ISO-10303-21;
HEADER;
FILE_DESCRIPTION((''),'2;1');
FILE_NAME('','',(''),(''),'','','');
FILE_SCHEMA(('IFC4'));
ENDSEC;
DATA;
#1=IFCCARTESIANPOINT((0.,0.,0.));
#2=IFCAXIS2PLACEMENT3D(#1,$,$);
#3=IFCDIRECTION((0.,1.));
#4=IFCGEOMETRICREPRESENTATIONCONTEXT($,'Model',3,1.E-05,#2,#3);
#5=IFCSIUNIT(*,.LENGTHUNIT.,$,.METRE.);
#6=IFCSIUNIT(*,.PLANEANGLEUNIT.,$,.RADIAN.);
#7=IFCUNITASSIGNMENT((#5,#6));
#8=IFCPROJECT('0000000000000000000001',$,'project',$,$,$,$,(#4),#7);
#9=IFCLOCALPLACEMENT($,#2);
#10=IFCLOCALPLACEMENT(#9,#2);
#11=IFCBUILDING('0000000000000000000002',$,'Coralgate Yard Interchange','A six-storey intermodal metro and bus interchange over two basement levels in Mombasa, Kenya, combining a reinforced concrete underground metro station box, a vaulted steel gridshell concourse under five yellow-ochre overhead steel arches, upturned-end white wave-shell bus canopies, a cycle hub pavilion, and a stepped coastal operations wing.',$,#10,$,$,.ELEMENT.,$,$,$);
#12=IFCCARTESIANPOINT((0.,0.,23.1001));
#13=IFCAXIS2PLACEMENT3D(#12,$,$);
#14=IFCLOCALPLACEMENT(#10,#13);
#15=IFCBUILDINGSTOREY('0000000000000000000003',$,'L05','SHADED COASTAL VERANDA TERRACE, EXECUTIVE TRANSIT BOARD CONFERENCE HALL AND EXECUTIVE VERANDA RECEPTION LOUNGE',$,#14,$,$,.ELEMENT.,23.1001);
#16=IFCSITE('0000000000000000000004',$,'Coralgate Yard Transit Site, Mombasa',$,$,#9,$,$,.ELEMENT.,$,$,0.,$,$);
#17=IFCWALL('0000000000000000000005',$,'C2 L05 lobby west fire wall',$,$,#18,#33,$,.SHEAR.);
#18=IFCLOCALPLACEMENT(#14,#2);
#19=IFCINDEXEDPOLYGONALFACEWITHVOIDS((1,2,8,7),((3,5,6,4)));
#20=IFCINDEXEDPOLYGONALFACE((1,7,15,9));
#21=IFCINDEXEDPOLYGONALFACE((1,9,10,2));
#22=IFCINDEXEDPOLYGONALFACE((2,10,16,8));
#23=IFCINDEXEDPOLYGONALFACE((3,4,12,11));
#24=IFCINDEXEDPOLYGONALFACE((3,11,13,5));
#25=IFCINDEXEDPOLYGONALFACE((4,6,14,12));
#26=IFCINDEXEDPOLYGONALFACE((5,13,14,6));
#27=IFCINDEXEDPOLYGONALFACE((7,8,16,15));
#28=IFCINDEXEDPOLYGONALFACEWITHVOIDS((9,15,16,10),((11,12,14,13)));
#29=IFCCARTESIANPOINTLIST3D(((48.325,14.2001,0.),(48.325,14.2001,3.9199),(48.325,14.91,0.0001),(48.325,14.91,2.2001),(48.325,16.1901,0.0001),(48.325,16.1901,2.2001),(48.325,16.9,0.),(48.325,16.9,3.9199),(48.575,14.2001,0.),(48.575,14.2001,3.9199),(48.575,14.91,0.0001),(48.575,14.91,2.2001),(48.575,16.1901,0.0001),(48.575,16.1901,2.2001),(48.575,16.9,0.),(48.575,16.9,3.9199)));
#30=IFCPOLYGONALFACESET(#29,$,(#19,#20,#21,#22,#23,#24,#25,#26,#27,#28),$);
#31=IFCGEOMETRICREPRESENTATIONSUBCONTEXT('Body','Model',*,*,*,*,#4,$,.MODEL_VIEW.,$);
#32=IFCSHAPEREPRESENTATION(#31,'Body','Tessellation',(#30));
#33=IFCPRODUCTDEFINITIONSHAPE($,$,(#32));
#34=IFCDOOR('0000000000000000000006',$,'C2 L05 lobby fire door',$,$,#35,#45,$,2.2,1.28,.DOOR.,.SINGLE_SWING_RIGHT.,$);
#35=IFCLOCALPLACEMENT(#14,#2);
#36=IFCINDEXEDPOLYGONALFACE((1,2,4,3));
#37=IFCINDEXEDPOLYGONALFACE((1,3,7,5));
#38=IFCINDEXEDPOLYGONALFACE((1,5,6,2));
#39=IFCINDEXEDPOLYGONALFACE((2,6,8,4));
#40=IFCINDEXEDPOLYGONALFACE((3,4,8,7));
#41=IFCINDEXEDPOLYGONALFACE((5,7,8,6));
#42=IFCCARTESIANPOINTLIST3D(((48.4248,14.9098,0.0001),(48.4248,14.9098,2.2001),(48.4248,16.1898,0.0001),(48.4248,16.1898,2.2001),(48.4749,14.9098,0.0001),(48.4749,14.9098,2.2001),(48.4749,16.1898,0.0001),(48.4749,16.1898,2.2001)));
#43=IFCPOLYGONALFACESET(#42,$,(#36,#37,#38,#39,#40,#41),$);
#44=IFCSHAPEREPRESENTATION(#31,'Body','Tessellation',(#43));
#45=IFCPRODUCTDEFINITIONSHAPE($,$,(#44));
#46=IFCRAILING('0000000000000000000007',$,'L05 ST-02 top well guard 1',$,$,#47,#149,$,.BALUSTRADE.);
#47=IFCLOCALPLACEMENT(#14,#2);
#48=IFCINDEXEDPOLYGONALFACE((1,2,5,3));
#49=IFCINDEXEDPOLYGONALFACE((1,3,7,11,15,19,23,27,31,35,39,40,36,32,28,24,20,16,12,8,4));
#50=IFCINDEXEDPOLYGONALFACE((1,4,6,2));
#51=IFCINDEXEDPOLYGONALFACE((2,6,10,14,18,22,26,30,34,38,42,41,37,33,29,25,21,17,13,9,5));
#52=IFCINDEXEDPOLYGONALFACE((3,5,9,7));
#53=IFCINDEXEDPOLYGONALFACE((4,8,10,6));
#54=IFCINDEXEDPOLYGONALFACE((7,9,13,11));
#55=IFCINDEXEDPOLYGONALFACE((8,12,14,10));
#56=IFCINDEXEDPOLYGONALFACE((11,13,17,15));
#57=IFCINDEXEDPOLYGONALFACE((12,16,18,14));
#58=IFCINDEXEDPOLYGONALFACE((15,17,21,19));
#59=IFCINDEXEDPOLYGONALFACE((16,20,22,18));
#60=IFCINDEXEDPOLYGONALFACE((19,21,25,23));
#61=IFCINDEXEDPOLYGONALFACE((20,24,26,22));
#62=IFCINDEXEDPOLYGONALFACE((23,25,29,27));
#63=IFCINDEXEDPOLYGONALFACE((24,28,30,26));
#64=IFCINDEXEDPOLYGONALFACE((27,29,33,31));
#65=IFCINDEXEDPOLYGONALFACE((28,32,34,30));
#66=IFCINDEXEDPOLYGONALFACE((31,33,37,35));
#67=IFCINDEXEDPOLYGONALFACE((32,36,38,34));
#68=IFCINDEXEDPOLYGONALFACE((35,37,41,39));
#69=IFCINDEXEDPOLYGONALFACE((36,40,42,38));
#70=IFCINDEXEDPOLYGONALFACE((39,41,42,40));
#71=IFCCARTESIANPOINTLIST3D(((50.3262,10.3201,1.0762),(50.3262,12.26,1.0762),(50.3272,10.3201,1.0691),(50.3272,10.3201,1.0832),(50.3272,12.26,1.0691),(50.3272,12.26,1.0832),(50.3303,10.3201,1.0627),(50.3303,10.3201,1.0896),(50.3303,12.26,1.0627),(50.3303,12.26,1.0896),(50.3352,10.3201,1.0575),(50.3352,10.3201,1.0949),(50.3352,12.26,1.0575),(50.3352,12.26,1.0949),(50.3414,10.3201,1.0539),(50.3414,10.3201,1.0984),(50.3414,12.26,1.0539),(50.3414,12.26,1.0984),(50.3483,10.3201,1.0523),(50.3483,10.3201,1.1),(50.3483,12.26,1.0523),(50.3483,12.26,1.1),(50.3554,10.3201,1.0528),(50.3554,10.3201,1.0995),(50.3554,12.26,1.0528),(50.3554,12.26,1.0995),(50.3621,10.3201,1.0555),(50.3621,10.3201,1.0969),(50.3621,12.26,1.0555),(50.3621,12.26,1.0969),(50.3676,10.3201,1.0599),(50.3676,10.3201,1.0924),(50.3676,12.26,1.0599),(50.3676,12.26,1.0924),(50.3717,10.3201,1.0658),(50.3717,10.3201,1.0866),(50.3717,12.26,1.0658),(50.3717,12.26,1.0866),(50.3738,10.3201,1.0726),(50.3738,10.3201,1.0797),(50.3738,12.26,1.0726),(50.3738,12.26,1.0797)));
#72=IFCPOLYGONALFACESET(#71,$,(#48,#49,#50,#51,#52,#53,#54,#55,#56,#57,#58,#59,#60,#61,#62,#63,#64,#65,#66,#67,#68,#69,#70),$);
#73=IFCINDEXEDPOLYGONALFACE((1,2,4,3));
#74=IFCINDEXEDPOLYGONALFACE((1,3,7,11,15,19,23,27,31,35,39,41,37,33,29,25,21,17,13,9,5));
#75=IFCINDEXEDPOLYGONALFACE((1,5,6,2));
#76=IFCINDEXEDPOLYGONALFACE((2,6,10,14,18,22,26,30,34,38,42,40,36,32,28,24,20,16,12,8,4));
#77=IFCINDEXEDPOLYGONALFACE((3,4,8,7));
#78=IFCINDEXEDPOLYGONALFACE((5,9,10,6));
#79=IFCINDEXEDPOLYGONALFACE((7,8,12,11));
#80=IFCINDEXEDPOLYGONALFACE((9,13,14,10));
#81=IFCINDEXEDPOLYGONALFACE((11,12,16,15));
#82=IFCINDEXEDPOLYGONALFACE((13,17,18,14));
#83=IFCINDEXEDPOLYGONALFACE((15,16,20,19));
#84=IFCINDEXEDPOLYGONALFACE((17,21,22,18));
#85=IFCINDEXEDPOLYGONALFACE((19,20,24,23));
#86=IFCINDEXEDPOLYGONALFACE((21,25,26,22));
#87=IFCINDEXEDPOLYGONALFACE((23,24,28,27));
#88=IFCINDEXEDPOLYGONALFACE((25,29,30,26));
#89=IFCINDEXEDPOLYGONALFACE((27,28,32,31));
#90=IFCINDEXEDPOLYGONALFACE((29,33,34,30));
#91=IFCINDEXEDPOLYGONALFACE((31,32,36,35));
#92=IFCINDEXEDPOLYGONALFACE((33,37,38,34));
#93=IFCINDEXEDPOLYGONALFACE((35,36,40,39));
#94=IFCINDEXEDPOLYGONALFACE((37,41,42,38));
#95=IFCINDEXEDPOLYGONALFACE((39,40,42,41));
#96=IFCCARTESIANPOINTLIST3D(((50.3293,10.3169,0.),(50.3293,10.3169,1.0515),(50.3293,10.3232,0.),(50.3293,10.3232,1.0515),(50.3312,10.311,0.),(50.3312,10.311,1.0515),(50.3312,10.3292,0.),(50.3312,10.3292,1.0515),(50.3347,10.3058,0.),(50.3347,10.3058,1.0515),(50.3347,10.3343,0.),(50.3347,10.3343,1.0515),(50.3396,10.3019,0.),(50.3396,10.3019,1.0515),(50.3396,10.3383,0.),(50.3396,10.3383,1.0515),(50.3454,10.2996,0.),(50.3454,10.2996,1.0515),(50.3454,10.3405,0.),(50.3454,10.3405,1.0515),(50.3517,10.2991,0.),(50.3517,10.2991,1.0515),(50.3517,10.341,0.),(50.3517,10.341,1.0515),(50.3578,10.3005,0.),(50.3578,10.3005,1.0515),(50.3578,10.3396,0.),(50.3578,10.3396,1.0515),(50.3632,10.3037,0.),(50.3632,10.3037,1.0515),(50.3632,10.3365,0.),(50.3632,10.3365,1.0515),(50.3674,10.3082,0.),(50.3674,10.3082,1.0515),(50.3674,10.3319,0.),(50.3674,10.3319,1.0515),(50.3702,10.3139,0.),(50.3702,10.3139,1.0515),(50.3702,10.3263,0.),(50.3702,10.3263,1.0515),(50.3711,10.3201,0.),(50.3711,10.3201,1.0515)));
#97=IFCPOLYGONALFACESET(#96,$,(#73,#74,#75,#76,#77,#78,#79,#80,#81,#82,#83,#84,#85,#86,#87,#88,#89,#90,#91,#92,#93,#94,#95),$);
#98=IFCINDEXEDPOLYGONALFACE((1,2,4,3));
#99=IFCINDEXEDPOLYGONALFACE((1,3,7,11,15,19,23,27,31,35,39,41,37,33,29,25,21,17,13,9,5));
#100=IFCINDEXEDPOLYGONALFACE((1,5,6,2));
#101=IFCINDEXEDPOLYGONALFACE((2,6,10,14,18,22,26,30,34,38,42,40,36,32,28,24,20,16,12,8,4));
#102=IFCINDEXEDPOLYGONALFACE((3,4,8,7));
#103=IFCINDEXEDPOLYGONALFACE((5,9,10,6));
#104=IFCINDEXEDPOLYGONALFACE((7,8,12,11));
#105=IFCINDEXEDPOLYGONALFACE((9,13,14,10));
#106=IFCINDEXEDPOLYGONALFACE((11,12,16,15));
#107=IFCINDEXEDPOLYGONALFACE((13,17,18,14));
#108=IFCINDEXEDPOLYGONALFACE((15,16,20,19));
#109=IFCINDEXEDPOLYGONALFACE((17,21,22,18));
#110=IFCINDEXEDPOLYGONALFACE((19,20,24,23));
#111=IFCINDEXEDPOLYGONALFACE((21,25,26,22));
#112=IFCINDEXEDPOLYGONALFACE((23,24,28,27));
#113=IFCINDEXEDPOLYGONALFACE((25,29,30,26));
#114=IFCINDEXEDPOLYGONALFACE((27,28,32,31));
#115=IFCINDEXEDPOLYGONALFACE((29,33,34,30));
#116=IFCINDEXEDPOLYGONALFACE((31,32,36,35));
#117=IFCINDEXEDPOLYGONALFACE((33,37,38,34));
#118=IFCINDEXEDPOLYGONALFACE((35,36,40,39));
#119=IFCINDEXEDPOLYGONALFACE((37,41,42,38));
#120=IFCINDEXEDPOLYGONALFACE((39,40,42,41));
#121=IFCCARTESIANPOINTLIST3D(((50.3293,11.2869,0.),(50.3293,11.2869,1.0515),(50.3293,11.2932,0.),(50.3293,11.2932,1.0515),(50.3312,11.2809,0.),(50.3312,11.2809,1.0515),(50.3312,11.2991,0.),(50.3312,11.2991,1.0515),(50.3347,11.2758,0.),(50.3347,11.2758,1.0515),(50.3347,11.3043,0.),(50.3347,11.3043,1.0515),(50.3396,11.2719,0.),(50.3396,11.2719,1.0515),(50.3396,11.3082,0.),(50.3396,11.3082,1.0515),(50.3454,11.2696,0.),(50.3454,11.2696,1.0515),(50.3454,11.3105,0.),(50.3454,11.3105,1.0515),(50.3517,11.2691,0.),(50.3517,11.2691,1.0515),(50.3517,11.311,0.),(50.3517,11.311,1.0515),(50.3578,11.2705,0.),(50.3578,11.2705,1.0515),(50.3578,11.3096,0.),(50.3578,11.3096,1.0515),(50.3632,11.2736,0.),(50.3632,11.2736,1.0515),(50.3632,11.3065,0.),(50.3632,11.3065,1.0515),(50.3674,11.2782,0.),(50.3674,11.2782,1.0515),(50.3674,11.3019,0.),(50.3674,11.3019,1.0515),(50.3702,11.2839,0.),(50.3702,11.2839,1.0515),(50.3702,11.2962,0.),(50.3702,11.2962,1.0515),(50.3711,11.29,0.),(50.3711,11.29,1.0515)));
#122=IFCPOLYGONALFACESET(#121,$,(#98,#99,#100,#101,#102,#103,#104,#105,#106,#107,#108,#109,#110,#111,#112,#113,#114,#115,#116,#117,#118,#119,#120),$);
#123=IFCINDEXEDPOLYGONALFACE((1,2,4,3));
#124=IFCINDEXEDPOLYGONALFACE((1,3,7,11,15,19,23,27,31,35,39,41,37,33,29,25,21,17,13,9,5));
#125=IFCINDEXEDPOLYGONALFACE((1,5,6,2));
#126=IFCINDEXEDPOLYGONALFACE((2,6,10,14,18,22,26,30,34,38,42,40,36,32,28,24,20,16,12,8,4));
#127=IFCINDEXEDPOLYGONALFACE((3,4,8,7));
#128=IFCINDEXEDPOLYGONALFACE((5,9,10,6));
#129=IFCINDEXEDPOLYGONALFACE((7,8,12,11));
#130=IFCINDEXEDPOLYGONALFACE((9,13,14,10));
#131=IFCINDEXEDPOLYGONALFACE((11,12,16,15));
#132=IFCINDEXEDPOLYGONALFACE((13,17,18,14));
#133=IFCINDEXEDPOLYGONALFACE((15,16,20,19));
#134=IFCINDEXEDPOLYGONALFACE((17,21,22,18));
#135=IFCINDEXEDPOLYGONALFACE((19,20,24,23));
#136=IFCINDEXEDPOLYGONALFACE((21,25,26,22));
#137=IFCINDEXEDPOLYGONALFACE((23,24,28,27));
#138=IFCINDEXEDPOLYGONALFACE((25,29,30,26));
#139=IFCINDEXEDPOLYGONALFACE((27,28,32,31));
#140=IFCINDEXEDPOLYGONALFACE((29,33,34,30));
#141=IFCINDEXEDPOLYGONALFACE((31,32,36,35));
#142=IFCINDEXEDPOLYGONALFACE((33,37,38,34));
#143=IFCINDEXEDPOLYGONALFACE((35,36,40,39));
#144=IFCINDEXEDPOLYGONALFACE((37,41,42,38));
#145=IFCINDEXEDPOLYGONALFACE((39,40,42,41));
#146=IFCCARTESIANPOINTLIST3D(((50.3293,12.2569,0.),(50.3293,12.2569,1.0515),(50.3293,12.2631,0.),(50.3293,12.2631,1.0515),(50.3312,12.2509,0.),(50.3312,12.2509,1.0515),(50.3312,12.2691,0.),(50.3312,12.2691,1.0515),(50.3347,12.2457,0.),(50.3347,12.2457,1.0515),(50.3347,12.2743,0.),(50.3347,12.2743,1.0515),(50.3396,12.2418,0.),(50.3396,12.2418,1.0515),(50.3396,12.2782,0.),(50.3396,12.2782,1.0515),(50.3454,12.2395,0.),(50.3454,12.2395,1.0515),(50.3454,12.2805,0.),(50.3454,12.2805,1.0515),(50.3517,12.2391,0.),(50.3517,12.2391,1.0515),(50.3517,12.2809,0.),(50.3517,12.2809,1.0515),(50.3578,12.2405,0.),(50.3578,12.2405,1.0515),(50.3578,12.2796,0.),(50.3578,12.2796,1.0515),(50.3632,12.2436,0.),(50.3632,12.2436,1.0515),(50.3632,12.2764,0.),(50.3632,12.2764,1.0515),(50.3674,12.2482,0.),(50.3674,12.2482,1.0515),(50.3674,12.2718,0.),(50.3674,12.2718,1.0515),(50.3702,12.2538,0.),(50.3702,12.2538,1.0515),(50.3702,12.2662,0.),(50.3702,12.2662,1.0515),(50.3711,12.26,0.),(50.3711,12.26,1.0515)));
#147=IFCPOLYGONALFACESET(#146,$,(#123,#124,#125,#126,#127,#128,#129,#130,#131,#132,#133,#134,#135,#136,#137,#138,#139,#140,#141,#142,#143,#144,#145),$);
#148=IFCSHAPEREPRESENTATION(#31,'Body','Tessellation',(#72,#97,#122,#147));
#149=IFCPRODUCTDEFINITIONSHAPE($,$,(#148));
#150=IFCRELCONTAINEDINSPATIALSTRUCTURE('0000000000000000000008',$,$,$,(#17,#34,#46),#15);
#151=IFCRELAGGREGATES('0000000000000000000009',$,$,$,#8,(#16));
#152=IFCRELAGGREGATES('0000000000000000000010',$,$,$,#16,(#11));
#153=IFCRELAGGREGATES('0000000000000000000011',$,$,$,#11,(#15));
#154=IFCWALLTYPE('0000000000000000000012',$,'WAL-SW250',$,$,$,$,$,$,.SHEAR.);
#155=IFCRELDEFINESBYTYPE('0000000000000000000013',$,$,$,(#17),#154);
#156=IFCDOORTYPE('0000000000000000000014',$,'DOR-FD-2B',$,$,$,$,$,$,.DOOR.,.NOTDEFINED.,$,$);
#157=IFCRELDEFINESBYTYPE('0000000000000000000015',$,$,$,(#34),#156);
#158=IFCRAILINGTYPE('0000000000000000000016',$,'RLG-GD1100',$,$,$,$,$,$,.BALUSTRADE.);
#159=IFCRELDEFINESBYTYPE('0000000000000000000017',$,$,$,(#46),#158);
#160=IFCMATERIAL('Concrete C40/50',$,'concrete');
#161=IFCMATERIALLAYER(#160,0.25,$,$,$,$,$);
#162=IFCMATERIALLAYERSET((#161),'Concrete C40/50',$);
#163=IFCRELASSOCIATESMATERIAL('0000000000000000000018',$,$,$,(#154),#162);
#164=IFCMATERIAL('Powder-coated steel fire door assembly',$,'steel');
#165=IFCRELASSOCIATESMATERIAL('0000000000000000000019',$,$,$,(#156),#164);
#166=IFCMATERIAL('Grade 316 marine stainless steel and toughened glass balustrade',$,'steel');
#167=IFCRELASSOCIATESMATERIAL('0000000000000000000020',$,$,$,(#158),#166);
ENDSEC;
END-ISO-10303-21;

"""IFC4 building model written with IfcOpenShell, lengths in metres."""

from ifc_helpers import new_model, si_unit, direction, frame, frame_2d, origin, origin_2d, place, context, subcontext, project, spatial, rectangle, circle, extrude, material, layer, layer_set, type_object, element, fill, save


model = new_model("IFC4")

# Units and contexts
model_context = context("Model", 3, precision=1e-05, world=origin(), true_north=direction((0.0, 1.0)))
body_context = subcontext(model_context, "Body", "Model", "MODEL_VIEW")
ifc_project = project(units=[si_unit("LENGTHUNIT", "METRE"), si_unit("PLANEANGLEUNIT", "RADIAN")], contexts=[model_context])

# Site, building, storey
site_placement = place(None, origin())
site = spatial("IfcSite", under=ifc_project, at=site_placement, Name="Coralgate Yard Transit Site, Mombasa", CompositionType="ELEMENT", RefElevation=0.0)
building_placement = place(site_placement, origin())
building = spatial("IfcBuilding", under=site, at=building_placement, Name="Coralgate Yard Interchange", Description="A six-storey intermodal metro and bus interchange over two basement levels in Mombasa, Kenya, combining a reinforced concrete underground metro station box, a vaulted steel gridshell concourse under five yellow-ochre overhead steel arches, upturned-end white wave-shell bus canopies, a cycle hub pavilion, and a stepped coastal operations wing.", CompositionType="ELEMENT")
storey_placement = place(building_placement, frame((0.0, 0.0, 23.1001)))
storey = spatial("IfcBuildingStorey", under=building, at=storey_placement, Name="L05", Description="SHADED COASTAL VERANDA TERRACE, EXECUTIVE TRANSIT BOARD CONFERENCE HALL AND EXECUTIVE VERANDA RECEPTION LOUNGE", CompositionType="ELEMENT", Elevation=23.1001)

# Shared definitions
ifc_material_1 = material(Name="Concrete C40/50", Category="concrete")

# Shared definitions
ifc_material_2 = material(Name="Powder-coated steel fire door assembly", Category="steel")

# Shared definitions
ifc_layer_1 = layer(ifc_material_1, 0.25)
ifc_layer_set_1 = layer_set([ifc_layer_1], Name="Concrete C40/50")
wall_type_1 = type_object("IfcWallType", Name="WAL-SW250", PredefinedType="SHEAR", material=ifc_layer_set_1)

# Wall, opening, door
wall_1_placement = place(storey_placement, frame((48.45, 14.2, 0.0), z_axis=(0.0, 0.0, 1.0), x_axis=(0.0, 1.0, 0.0)))
wall_1 = element("IfcWall", 1, at=wall_1_placement, inside=storey, type_object=wall_type_1, Name="C2 L05 lobby west fire wall", PredefinedType="SHEAR", context=body_context, shape_type="SweptSolid", body=[
    extrude(rectangle(XDim=2.7, YDim=0.25, at=frame_2d((1.3501, 0.0))), origin(), (0.0, 0.0, 1.0), 3.9199),
])
opening_1_placement = place(wall_1_placement, frame((0.71, 0.0, 0.0)))
opening_1 = element("IfcOpeningElement", 2, at=opening_1_placement, cuts=wall_1, PredefinedType="OPENING", context=body_context, shape_type="SweptSolid", body=[
    extrude(rectangle(XDim=1.28, YDim=2.2, at=frame_2d((0.6401, 1.1001))), frame((0.0, 0.135, 0.0), z_axis=(0.0, -1.0, 0.0), x_axis=(1.0, 0.0, 0.0)), (0.0, 0.0, 1.0), 0.27),
])
door_type_1 = type_object("IfcDoorType", Name="DOR-FD-2B", OperationType="NOTDEFINED", PredefinedType="DOOR", material=ifc_material_2)
door_1_placement = place(opening_1_placement, frame((1.28, 0.0, 0.0), z_axis=(0.0, 0.0, 1.0), x_axis=(-1.0, 0.0, 0.0)))
door_1 = element("IfcDoor", 3, at=door_1_placement, inside=storey, type_object=door_type_1, Name="C2 L05 lobby fire door", OperationType="SINGLE_SWING_RIGHT", OverallHeight=2.2, OverallWidth=1.28, PredefinedType="DOOR", context=body_context, shape_type="SweptSolid", body=[
    extrude(rectangle(XDim=1.28, YDim=2.2, at=frame_2d((0.6401, 1.1001))), frame((0.0, 0.0249, 0.0), z_axis=(0.0, -1.0, 0.0), x_axis=(1.0, 0.0, 0.0)), (0.0, 0.0, 1.0), 0.05),
])
fill(opening_1, door_1)

# Railing
ifc_material_3 = material(Name="Grade 316 marine stainless steel and toughened glass balustrade", Category="steel")
railing_type_1 = type_object("IfcRailingType", Name="RLG-GD1100", PredefinedType="BALUSTRADE", material=ifc_material_3)
railing_1_placement = place(storey_placement, frame((50.3501, 10.3201, 0.0)))
element("IfcRailing", 4, at=railing_1_placement, inside=storey, type_object=railing_type_1, Name="L05 ST-02 top well guard 1", PredefinedType="BALUSTRADE", context=body_context, shape_type="SweptSolid", body=[
    extrude(circle(Radius=0.0239, at=origin_2d()), frame((0.0, 0.0, 1.0762), z_axis=(0.0, 1.0, 0.0), x_axis=(-1.0, 0.0, 0.0)), (0.0, 0.0, 1.0), 1.9399),
    extrude(circle(Radius=0.021, at=origin_2d()), origin(), (0.0, 0.0, 1.0), 1.0515),
    extrude(circle(Radius=0.021, at=origin_2d()), frame((0.0, 0.97, 0.0)), (0.0, 0.0, 1.0), 1.0515),
    extrude(circle(Radius=0.021, at=origin_2d()), frame((0.0, 1.9399, 0.0)), (0.0, 0.0, 1.0), 1.0515),
])

save(model, "model.ifc")
